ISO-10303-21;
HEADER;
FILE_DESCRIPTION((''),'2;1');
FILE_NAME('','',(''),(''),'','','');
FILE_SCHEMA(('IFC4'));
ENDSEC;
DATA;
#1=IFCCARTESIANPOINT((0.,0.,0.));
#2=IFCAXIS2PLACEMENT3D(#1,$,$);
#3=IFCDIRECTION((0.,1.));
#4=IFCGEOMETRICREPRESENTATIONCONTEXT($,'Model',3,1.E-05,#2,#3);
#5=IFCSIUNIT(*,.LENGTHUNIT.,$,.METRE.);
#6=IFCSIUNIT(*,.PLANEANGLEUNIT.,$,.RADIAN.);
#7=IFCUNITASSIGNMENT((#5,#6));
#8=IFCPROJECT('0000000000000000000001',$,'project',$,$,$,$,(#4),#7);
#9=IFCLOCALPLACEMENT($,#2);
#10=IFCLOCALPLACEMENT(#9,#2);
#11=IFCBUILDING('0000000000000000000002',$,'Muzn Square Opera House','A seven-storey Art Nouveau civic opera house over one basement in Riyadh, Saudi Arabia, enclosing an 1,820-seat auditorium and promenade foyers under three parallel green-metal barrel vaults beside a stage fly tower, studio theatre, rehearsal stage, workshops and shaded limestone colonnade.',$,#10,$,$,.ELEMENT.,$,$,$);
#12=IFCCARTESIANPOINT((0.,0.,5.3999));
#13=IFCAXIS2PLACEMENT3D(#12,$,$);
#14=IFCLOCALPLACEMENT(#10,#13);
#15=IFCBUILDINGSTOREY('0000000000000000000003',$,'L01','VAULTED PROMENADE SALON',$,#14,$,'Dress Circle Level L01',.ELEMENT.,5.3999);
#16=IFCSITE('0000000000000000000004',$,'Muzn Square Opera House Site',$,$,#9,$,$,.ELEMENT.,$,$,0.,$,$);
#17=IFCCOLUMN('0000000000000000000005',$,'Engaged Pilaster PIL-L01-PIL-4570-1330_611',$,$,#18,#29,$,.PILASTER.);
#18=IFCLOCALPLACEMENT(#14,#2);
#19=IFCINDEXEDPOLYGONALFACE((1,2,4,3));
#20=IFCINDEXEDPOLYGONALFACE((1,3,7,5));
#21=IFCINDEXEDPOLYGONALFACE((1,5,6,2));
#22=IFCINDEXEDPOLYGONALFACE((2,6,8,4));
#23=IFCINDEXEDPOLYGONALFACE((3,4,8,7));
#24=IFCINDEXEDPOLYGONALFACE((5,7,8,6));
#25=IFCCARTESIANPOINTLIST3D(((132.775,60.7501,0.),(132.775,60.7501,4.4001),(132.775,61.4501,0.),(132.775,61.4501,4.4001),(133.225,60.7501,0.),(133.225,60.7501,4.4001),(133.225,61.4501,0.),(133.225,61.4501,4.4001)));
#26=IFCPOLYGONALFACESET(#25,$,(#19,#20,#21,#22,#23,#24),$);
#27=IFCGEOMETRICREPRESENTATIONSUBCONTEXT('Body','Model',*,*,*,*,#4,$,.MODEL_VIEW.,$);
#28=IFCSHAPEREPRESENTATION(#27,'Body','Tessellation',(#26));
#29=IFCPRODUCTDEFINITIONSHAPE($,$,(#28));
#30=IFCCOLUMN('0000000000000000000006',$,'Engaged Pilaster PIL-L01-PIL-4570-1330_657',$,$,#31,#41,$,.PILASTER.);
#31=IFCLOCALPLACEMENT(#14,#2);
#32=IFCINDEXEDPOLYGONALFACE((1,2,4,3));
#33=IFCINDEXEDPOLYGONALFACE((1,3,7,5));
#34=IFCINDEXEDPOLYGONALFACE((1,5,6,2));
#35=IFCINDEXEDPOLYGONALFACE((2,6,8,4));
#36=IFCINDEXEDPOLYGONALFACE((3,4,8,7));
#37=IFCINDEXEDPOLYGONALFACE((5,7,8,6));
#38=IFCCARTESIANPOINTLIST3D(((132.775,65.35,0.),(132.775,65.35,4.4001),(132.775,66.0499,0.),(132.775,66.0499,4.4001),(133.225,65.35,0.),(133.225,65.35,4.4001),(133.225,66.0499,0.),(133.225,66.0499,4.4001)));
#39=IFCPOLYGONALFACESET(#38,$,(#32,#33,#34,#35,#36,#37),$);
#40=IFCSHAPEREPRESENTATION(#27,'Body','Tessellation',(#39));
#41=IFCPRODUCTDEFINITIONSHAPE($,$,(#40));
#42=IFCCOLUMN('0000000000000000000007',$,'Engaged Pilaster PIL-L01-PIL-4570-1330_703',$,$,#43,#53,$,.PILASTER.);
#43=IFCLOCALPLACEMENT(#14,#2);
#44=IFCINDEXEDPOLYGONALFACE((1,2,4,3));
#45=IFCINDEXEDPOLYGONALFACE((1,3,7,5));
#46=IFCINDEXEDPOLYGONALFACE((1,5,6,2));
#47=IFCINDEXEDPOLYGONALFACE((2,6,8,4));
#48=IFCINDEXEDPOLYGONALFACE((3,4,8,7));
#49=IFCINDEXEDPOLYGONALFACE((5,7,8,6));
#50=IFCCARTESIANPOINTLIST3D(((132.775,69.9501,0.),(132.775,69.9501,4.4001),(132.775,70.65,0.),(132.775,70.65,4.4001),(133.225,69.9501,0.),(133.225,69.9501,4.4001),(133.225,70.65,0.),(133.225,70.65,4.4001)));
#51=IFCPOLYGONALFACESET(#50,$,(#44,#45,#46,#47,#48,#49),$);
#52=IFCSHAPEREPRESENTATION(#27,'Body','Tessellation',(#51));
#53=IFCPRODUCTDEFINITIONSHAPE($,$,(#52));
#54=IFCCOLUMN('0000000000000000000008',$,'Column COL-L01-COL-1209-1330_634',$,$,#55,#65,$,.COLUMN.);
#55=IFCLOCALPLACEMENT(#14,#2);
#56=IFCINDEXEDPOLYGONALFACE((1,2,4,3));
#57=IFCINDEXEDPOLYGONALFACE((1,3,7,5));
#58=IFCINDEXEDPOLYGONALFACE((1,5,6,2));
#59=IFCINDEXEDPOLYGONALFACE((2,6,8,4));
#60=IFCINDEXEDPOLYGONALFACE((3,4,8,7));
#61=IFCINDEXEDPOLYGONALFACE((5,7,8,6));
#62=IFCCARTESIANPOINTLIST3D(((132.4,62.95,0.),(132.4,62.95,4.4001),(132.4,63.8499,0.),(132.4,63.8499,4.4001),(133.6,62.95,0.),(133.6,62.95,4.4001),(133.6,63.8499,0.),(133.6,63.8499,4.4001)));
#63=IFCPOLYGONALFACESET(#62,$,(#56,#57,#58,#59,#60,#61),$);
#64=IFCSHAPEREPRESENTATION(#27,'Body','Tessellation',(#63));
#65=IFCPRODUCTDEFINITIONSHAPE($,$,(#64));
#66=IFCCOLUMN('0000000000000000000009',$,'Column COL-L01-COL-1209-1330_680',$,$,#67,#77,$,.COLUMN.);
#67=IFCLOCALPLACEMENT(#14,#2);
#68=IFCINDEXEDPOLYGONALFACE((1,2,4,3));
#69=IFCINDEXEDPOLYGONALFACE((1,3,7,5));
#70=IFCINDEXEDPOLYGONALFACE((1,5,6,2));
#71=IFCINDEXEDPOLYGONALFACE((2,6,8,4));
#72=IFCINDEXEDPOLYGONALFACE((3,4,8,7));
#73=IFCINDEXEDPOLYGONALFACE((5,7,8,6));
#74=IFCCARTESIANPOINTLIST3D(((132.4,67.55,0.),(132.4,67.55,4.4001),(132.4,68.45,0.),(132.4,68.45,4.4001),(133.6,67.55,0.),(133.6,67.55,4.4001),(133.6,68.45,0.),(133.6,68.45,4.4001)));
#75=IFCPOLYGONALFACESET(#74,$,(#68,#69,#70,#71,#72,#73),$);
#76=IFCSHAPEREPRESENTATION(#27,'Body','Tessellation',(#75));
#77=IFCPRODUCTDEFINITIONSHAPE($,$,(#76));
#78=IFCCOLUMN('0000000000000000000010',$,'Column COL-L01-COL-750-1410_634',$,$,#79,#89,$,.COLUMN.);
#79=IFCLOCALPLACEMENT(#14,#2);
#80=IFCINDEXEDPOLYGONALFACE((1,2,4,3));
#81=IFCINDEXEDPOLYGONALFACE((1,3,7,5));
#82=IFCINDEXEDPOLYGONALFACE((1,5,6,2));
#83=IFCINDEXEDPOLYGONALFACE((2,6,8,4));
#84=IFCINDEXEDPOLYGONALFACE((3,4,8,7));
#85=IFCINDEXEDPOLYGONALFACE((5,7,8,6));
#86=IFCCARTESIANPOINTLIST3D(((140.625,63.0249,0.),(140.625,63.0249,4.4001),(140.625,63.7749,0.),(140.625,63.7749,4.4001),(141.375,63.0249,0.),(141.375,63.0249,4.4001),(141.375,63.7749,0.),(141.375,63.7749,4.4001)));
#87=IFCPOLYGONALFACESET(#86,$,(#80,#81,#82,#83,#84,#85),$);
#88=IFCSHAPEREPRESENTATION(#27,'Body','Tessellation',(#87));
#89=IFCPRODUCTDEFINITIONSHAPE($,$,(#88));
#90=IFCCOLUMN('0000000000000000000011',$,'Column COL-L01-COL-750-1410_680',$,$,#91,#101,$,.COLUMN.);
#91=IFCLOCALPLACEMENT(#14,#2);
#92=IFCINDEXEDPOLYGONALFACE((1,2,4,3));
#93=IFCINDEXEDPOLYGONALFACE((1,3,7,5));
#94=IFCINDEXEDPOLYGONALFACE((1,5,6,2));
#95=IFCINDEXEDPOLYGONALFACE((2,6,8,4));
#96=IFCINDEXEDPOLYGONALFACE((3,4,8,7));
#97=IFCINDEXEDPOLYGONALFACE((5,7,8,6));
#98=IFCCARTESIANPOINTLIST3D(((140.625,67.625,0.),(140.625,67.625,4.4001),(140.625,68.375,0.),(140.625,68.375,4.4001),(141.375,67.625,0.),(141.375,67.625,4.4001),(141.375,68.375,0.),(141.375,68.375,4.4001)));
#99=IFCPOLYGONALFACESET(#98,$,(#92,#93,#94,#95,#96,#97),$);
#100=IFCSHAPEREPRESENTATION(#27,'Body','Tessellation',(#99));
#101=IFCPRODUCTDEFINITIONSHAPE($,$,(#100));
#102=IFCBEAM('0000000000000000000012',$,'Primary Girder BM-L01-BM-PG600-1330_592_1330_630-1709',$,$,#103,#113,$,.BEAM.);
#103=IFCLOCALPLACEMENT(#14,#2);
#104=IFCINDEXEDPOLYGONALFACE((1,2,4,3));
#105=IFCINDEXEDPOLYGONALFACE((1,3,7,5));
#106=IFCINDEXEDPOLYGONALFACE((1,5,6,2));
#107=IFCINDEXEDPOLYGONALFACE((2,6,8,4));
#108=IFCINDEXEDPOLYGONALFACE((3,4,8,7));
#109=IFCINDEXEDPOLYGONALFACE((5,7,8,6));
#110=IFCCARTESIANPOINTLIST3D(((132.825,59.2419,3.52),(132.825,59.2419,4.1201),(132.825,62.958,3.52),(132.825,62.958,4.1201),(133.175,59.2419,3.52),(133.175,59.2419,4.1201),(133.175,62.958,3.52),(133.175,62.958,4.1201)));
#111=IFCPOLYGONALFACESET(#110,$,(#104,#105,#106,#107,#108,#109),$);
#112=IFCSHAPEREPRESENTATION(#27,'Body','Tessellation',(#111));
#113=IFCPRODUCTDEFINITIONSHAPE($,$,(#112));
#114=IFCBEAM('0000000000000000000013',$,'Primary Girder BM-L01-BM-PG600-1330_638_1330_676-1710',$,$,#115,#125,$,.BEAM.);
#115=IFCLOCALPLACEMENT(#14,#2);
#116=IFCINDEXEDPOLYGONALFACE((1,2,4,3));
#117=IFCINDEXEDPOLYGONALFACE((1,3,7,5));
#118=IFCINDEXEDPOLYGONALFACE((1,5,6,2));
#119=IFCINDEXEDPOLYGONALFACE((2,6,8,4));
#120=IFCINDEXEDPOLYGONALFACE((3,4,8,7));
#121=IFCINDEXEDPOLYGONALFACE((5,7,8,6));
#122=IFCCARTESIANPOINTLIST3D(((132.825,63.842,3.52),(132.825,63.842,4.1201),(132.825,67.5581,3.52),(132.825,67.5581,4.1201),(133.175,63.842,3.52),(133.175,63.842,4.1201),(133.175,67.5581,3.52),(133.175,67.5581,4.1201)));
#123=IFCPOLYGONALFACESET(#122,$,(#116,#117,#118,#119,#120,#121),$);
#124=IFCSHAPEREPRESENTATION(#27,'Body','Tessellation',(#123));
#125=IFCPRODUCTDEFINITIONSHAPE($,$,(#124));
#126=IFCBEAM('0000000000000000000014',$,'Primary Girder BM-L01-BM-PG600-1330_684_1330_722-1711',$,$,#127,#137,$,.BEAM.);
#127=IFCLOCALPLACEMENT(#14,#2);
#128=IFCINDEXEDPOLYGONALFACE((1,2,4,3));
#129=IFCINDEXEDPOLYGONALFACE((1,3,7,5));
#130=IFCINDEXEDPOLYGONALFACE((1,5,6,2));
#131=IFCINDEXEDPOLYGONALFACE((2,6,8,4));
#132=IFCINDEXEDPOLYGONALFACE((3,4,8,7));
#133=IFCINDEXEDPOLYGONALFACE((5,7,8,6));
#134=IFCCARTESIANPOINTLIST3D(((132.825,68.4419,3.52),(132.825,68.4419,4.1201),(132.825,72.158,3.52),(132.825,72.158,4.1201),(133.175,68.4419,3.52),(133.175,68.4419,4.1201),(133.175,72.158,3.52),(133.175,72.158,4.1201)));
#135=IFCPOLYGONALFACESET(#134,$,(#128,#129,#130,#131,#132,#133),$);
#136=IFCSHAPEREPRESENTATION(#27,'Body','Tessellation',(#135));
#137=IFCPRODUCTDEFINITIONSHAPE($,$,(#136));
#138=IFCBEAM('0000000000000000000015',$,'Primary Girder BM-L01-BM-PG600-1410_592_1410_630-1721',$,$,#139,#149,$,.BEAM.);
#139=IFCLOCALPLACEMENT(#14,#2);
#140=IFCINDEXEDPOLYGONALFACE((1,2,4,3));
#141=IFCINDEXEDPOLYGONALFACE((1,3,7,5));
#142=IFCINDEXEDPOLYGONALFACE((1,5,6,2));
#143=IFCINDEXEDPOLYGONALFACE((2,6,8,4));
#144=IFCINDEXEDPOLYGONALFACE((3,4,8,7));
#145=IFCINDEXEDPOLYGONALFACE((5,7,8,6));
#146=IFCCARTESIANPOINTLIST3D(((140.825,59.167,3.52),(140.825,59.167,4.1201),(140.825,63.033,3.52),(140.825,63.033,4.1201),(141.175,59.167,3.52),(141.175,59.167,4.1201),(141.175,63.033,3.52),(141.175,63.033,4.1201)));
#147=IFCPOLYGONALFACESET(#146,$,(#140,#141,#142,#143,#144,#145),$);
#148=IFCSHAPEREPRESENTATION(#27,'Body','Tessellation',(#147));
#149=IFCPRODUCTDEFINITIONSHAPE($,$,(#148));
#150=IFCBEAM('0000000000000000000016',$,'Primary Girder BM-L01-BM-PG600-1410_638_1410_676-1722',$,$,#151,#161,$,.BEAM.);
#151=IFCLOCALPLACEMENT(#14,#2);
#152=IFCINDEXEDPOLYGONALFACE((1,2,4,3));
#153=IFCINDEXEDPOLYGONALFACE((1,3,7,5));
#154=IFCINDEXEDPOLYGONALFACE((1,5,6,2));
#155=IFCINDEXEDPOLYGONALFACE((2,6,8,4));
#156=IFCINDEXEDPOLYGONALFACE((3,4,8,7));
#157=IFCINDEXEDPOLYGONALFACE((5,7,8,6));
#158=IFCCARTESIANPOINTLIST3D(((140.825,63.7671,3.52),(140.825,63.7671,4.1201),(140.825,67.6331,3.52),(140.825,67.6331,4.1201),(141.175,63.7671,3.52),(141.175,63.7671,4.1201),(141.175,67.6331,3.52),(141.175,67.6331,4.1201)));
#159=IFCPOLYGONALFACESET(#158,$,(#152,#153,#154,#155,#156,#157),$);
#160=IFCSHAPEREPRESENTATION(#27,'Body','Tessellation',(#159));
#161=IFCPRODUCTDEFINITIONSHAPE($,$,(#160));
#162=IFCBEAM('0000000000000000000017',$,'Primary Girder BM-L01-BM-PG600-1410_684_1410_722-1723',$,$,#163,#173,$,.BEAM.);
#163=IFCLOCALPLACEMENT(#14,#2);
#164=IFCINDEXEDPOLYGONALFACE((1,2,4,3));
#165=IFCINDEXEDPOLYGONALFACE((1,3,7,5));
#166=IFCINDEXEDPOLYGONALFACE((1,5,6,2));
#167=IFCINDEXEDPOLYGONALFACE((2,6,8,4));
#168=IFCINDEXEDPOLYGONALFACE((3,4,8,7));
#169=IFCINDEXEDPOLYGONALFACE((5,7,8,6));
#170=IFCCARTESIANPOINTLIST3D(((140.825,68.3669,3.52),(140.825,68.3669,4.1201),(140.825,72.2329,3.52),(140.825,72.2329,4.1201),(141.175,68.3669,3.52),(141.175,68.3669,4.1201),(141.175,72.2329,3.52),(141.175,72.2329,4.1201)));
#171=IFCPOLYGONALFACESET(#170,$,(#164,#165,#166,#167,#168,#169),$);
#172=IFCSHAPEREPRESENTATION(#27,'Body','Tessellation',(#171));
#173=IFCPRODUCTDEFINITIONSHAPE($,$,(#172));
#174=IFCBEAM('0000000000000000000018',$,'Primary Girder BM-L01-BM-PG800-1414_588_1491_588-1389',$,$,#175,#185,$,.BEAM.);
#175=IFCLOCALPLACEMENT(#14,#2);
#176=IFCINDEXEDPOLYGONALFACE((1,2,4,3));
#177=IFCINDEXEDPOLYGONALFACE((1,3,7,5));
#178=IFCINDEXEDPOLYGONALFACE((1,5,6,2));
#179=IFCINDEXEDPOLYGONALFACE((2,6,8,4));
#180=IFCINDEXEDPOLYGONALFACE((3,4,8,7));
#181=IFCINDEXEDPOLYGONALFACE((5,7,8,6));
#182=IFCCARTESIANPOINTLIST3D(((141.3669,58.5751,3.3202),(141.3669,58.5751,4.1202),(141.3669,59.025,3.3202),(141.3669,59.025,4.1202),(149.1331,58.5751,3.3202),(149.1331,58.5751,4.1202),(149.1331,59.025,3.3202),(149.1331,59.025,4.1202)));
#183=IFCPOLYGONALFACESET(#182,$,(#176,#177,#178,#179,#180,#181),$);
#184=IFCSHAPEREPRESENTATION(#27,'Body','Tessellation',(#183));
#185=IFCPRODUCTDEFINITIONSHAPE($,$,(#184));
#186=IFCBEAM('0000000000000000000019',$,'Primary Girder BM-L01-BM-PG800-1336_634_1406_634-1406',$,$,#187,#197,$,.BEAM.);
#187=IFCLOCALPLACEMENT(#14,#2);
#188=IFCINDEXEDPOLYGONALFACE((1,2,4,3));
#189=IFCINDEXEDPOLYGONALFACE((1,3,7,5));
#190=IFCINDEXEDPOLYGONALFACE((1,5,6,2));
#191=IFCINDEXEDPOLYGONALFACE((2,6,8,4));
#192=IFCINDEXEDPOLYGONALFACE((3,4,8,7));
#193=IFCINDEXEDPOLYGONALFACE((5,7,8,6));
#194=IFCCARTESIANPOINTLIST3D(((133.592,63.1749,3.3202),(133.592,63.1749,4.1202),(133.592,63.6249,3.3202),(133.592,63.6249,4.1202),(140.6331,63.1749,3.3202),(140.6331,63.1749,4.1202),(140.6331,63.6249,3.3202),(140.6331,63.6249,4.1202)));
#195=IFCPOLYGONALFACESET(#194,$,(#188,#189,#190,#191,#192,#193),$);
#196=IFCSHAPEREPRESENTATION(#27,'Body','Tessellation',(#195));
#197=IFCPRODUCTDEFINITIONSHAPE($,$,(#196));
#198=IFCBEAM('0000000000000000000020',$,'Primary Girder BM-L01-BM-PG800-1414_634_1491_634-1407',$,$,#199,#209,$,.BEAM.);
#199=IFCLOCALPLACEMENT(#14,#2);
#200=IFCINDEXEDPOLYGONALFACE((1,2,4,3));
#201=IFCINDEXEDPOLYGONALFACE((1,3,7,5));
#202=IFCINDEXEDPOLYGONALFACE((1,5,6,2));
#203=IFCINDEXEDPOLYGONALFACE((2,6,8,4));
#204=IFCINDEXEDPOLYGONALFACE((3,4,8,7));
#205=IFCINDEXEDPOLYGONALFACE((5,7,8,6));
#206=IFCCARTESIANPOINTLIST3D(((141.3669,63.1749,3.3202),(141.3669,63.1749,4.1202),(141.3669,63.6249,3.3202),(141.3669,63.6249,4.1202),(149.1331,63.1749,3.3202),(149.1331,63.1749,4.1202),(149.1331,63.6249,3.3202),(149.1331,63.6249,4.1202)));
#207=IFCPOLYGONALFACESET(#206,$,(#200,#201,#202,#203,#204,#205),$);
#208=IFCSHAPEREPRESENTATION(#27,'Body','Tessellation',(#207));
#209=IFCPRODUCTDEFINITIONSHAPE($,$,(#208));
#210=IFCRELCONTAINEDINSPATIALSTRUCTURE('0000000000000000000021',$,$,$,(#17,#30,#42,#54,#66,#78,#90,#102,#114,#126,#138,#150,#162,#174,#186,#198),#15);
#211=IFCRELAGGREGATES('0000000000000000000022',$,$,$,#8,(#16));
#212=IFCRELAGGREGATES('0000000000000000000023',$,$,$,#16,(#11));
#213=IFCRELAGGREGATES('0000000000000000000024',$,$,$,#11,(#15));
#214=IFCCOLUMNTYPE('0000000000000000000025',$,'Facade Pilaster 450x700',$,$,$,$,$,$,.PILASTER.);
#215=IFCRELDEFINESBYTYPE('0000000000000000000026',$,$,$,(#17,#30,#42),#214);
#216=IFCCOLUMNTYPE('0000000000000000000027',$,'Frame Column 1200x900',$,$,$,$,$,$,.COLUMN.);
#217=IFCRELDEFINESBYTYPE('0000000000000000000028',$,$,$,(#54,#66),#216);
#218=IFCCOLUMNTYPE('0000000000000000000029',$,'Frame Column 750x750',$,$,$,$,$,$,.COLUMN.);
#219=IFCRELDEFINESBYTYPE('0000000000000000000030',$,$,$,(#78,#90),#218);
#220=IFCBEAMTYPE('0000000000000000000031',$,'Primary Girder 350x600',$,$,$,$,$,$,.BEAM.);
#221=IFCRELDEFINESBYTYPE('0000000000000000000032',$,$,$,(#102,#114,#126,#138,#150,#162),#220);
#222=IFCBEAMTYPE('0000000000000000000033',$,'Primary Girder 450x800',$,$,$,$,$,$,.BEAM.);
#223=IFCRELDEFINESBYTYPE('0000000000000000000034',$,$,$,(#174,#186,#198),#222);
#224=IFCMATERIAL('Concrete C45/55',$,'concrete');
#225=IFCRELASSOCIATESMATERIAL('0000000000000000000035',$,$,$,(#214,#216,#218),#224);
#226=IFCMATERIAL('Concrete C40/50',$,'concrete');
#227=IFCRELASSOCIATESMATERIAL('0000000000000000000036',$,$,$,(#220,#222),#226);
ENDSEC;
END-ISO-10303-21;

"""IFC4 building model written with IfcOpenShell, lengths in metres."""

from ifc_helpers import new_model, si_unit, direction, frame, origin, origin_2d, place, context, subcontext, project, spatial, rectangle, extrude, material, material_profile, profile_set, type_object, element, save


model = new_model("IFC4")

# Units and contexts
model_context = context("Model", 3, precision=1e-05, world=origin(), true_north=direction((0.0, 1.0)))
body_context = subcontext(model_context, "Body", "Model", "MODEL_VIEW")
ifc_project = project(units=[si_unit("LENGTHUNIT", "METRE"), si_unit("PLANEANGLEUNIT", "RADIAN")], contexts=[model_context])

# Site, building, storey
site_placement = place(None, origin())
site = spatial("IfcSite", under=ifc_project, at=site_placement, Name="Muzn Square Opera House Site", CompositionType="ELEMENT", RefElevation=0.0)
building_placement = place(site_placement, origin())
building = spatial("IfcBuilding", under=site, at=building_placement, Name="Muzn Square Opera House", Description="A seven-storey Art Nouveau civic opera house over one basement in Riyadh, Saudi Arabia, enclosing an 1,820-seat auditorium and promenade foyers under three parallel green-metal barrel vaults beside a stage fly tower, studio theatre, rehearsal stage, workshops and shaded limestone colonnade.", CompositionType="ELEMENT")
storey_placement = place(building_placement, frame((0.0, 0.0, 5.3999)))
storey = spatial("IfcBuildingStorey", under=building, at=storey_placement, Name="L01", Description="VAULTED PROMENADE SALON", LongName="Dress Circle Level L01", CompositionType="ELEMENT", Elevation=5.3999)

# Columns
ifc_material_1 = material(Name="Concrete C45/55", Category="concrete")
ifc_material_profile_1 = material_profile(ifc_material_1, rectangle(XDim=0.45, YDim=0.7, at=origin_2d()), Name="RC 450x700", Category="concrete")
ifc_profile_set_1 = profile_set([ifc_material_profile_1], Name="Concrete C45/55")
column_type_1 = type_object("IfcColumnType", Name="Facade Pilaster 450x700", PredefinedType="PILASTER", material=ifc_profile_set_1)
for number, where, z_axis, x_axis, name in (
    (1, (133.0, 61.1001, 0.0), (0.0, 0.0, 1.0), (1.0, 0.0, 0.0), "Engaged Pilaster PIL-L01-PIL-4570-1330_611"),
    (2, (133.0, 65.7, 0.0), (0.0, 0.0, 1.0), (1.0, 0.0, 0.0), "Engaged Pilaster PIL-L01-PIL-4570-1330_657"),
    (3, (133.0, 70.3, 0.0), (0.0, 0.0, 1.0), (1.0, 0.0, 0.0), "Engaged Pilaster PIL-L01-PIL-4570-1330_703"),
):
    element("IfcColumn", number, at=place(storey_placement, frame(where, z_axis=z_axis, x_axis=x_axis)), inside=storey, type_object=column_type_1, Name=name, PredefinedType="PILASTER", context=body_context, shape_type="SweptSolid", body=[
        extrude(rectangle(XDim=0.45, YDim=0.7, at=origin_2d()), origin(), (0.0, 0.0, 1.0), 4.4001),
    ])
ifc_material_profile_2 = material_profile(ifc_material_1, rectangle(XDim=1.2, YDim=0.8999, at=origin_2d()), Name="RC 1200x900", Category="concrete")
ifc_profile_set_2 = profile_set([ifc_material_profile_2], Name="Concrete C45/55")
column_type_2 = type_object("IfcColumnType", Name="Frame Column 1200x900", PredefinedType="COLUMN", material=ifc_profile_set_2)
for number, where, z_axis, x_axis, name in (
    (4, (133.0, 63.3999, 0.0), (0.0, 0.0, 1.0), (1.0, 0.0, 0.0), "Column COL-L01-COL-1209-1330_634"),
    (5, (133.0, 68.0, 0.0), (0.0, 0.0, 1.0), (1.0, 0.0, 0.0), "Column COL-L01-COL-1209-1330_680"),
):
    element("IfcColumn", number, at=place(storey_placement, frame(where, z_axis=z_axis, x_axis=x_axis)), inside=storey, type_object=column_type_2, Name=name, PredefinedType="COLUMN", context=body_context, shape_type="SweptSolid", body=[
        extrude(rectangle(XDim=1.2, YDim=0.8999, at=origin_2d()), origin(), (0.0, 0.0, 1.0), 4.4001),
    ])
ifc_material_profile_3 = material_profile(ifc_material_1, rectangle(XDim=0.75, YDim=0.75, at=origin_2d()), Name="RC 750x750", Category="concrete")
ifc_profile_set_3 = profile_set([ifc_material_profile_3], Name="Concrete C45/55")
column_type_3 = type_object("IfcColumnType", Name="Frame Column 750x750", PredefinedType="COLUMN", material=ifc_profile_set_3)
for number, where, z_axis, x_axis, name in (
    (6, (141.0, 63.3999, 0.0), (0.0, 0.0, 1.0), (1.0, 0.0, 0.0), "Column COL-L01-COL-750-1410_634"),
    (7, (141.0, 68.0, 0.0), (0.0, 0.0, 1.0), (1.0, 0.0, 0.0), "Column COL-L01-COL-750-1410_680"),
):
    element("IfcColumn", number, at=place(storey_placement, frame(where, z_axis=z_axis, x_axis=x_axis)), inside=storey, type_object=column_type_3, Name=name, PredefinedType="COLUMN", context=body_context, shape_type="SweptSolid", body=[
        extrude(rectangle(XDim=0.75, YDim=0.75, at=origin_2d()), origin(), (0.0, 0.0, 1.0), 4.4001),
    ])

# Beams
ifc_material_2 = material(Name="Concrete C40/50", Category="concrete")
ifc_material_profile_4 = material_profile(ifc_material_2, rectangle(XDim=0.3501, YDim=0.6001, at=origin_2d()), Name="RCB 350x600", Category="concrete")
ifc_profile_set_4 = profile_set([ifc_material_profile_4], Name="Concrete C40/50")
beam_type_1 = type_object("IfcBeamType", Name="Primary Girder 350x600", PredefinedType="BEAM", material=ifc_profile_set_4)
for number, where, z_axis, x_axis, name in (
    (8, (133.0, 59.2419, 3.8201), (0.0, 1.0, 0.0), (-1.0, 0.0, 0.0), "Primary Girder BM-L01-BM-PG600-1330_592_1330_630-1709"),
    (9, (133.0, 63.842, 3.8201), (0.0, 1.0, 0.0), (-1.0, 0.0, 0.0), "Primary Girder BM-L01-BM-PG600-1330_638_1330_676-1710"),
    (10, (133.0, 68.4419, 3.8201), (0.0, 1.0, 0.0), (-1.0, 0.0, 0.0), "Primary Girder BM-L01-BM-PG600-1330_684_1330_722-1711"),
):
    element("IfcBeam", number, at=place(storey_placement, frame(where, z_axis=z_axis, x_axis=x_axis)), inside=storey, type_object=beam_type_1, Name=name, PredefinedType="BEAM", context=body_context, shape_type="SweptSolid", body=[
        extrude(rectangle(XDim=0.3501, YDim=0.6001, at=origin_2d()), origin(), (0.0, 0.0, 1.0), 3.7161),
    ])
for number, where, z_axis, x_axis, name in (
    (11, (141.0, 59.167, 3.8201), (0.0, 1.0, 0.0), (-1.0, 0.0, 0.0), "Primary Girder BM-L01-BM-PG600-1410_592_1410_630-1721"),
    (12, (141.0, 63.7671, 3.8201), (0.0, 1.0, 0.0), (-1.0, 0.0, 0.0), "Primary Girder BM-L01-BM-PG600-1410_638_1410_676-1722"),
    (13, (141.0, 68.3669, 3.8201), (0.0, 1.0, 0.0), (-1.0, 0.0, 0.0), "Primary Girder BM-L01-BM-PG600-1410_684_1410_722-1723"),
):
    element("IfcBeam", number, at=place(storey_placement, frame(where, z_axis=z_axis, x_axis=x_axis)), inside=storey, type_object=beam_type_1, Name=name, PredefinedType="BEAM", context=body_context, shape_type="SweptSolid", body=[
        extrude(rectangle(XDim=0.3501, YDim=0.6001, at=origin_2d()), origin(), (0.0, 0.0, 1.0), 3.866),
    ])
ifc_material_profile_5 = material_profile(ifc_material_2, rectangle(XDim=0.45, YDim=0.8, at=origin_2d()), Name="RCB 450x800", Category="concrete")
ifc_profile_set_5 = profile_set([ifc_material_profile_5], Name="Concrete C40/50")
beam_type_2 = type_object("IfcBeamType", Name="Primary Girder 450x800", PredefinedType="BEAM", material=ifc_profile_set_5)
beam_1_placement = place(storey_placement, frame((141.3669, 58.8, 3.7202), z_axis=(1.0, 0.0, 0.0), x_axis=(0.0, 1.0, 0.0)))
element("IfcBeam", 14, at=beam_1_placement, inside=storey, type_object=beam_type_2, Name="Primary Girder BM-L01-BM-PG800-1414_588_1491_588-1389", PredefinedType="BEAM", context=body_context, shape_type="SweptSolid", body=[
    extrude(rectangle(XDim=0.45, YDim=0.8, at=origin_2d()), origin(), (0.0, 0.0, 1.0), 7.7661),
])
beam_2_placement = place(storey_placement, frame((133.592, 63.3999, 3.7202), z_axis=(1.0, 0.0, 0.0), x_axis=(0.0, 1.0, 0.0)))
element("IfcBeam", 15, at=beam_2_placement, inside=storey, type_object=beam_type_2, Name="Primary Girder BM-L01-BM-PG800-1336_634_1406_634-1406", PredefinedType="BEAM", context=body_context, shape_type="SweptSolid", body=[
    extrude(rectangle(XDim=0.45, YDim=0.8, at=origin_2d()), origin(), (0.0, 0.0, 1.0), 7.041),
])
beam_3_placement = place(storey_placement, frame((141.3669, 63.3999, 3.7202), z_axis=(1.0, 0.0, 0.0), x_axis=(0.0, 1.0, 0.0)))
element("IfcBeam", 16, at=beam_3_placement, inside=storey, type_object=beam_type_2, Name="Primary Girder BM-L01-BM-PG800-1414_634_1491_634-1407", PredefinedType="BEAM", context=body_context, shape_type="SweptSolid", body=[
    extrude(rectangle(XDim=0.45, YDim=0.8, at=origin_2d()), origin(), (0.0, 0.0, 1.0), 7.7661),
])

save(model, "model.ifc")
